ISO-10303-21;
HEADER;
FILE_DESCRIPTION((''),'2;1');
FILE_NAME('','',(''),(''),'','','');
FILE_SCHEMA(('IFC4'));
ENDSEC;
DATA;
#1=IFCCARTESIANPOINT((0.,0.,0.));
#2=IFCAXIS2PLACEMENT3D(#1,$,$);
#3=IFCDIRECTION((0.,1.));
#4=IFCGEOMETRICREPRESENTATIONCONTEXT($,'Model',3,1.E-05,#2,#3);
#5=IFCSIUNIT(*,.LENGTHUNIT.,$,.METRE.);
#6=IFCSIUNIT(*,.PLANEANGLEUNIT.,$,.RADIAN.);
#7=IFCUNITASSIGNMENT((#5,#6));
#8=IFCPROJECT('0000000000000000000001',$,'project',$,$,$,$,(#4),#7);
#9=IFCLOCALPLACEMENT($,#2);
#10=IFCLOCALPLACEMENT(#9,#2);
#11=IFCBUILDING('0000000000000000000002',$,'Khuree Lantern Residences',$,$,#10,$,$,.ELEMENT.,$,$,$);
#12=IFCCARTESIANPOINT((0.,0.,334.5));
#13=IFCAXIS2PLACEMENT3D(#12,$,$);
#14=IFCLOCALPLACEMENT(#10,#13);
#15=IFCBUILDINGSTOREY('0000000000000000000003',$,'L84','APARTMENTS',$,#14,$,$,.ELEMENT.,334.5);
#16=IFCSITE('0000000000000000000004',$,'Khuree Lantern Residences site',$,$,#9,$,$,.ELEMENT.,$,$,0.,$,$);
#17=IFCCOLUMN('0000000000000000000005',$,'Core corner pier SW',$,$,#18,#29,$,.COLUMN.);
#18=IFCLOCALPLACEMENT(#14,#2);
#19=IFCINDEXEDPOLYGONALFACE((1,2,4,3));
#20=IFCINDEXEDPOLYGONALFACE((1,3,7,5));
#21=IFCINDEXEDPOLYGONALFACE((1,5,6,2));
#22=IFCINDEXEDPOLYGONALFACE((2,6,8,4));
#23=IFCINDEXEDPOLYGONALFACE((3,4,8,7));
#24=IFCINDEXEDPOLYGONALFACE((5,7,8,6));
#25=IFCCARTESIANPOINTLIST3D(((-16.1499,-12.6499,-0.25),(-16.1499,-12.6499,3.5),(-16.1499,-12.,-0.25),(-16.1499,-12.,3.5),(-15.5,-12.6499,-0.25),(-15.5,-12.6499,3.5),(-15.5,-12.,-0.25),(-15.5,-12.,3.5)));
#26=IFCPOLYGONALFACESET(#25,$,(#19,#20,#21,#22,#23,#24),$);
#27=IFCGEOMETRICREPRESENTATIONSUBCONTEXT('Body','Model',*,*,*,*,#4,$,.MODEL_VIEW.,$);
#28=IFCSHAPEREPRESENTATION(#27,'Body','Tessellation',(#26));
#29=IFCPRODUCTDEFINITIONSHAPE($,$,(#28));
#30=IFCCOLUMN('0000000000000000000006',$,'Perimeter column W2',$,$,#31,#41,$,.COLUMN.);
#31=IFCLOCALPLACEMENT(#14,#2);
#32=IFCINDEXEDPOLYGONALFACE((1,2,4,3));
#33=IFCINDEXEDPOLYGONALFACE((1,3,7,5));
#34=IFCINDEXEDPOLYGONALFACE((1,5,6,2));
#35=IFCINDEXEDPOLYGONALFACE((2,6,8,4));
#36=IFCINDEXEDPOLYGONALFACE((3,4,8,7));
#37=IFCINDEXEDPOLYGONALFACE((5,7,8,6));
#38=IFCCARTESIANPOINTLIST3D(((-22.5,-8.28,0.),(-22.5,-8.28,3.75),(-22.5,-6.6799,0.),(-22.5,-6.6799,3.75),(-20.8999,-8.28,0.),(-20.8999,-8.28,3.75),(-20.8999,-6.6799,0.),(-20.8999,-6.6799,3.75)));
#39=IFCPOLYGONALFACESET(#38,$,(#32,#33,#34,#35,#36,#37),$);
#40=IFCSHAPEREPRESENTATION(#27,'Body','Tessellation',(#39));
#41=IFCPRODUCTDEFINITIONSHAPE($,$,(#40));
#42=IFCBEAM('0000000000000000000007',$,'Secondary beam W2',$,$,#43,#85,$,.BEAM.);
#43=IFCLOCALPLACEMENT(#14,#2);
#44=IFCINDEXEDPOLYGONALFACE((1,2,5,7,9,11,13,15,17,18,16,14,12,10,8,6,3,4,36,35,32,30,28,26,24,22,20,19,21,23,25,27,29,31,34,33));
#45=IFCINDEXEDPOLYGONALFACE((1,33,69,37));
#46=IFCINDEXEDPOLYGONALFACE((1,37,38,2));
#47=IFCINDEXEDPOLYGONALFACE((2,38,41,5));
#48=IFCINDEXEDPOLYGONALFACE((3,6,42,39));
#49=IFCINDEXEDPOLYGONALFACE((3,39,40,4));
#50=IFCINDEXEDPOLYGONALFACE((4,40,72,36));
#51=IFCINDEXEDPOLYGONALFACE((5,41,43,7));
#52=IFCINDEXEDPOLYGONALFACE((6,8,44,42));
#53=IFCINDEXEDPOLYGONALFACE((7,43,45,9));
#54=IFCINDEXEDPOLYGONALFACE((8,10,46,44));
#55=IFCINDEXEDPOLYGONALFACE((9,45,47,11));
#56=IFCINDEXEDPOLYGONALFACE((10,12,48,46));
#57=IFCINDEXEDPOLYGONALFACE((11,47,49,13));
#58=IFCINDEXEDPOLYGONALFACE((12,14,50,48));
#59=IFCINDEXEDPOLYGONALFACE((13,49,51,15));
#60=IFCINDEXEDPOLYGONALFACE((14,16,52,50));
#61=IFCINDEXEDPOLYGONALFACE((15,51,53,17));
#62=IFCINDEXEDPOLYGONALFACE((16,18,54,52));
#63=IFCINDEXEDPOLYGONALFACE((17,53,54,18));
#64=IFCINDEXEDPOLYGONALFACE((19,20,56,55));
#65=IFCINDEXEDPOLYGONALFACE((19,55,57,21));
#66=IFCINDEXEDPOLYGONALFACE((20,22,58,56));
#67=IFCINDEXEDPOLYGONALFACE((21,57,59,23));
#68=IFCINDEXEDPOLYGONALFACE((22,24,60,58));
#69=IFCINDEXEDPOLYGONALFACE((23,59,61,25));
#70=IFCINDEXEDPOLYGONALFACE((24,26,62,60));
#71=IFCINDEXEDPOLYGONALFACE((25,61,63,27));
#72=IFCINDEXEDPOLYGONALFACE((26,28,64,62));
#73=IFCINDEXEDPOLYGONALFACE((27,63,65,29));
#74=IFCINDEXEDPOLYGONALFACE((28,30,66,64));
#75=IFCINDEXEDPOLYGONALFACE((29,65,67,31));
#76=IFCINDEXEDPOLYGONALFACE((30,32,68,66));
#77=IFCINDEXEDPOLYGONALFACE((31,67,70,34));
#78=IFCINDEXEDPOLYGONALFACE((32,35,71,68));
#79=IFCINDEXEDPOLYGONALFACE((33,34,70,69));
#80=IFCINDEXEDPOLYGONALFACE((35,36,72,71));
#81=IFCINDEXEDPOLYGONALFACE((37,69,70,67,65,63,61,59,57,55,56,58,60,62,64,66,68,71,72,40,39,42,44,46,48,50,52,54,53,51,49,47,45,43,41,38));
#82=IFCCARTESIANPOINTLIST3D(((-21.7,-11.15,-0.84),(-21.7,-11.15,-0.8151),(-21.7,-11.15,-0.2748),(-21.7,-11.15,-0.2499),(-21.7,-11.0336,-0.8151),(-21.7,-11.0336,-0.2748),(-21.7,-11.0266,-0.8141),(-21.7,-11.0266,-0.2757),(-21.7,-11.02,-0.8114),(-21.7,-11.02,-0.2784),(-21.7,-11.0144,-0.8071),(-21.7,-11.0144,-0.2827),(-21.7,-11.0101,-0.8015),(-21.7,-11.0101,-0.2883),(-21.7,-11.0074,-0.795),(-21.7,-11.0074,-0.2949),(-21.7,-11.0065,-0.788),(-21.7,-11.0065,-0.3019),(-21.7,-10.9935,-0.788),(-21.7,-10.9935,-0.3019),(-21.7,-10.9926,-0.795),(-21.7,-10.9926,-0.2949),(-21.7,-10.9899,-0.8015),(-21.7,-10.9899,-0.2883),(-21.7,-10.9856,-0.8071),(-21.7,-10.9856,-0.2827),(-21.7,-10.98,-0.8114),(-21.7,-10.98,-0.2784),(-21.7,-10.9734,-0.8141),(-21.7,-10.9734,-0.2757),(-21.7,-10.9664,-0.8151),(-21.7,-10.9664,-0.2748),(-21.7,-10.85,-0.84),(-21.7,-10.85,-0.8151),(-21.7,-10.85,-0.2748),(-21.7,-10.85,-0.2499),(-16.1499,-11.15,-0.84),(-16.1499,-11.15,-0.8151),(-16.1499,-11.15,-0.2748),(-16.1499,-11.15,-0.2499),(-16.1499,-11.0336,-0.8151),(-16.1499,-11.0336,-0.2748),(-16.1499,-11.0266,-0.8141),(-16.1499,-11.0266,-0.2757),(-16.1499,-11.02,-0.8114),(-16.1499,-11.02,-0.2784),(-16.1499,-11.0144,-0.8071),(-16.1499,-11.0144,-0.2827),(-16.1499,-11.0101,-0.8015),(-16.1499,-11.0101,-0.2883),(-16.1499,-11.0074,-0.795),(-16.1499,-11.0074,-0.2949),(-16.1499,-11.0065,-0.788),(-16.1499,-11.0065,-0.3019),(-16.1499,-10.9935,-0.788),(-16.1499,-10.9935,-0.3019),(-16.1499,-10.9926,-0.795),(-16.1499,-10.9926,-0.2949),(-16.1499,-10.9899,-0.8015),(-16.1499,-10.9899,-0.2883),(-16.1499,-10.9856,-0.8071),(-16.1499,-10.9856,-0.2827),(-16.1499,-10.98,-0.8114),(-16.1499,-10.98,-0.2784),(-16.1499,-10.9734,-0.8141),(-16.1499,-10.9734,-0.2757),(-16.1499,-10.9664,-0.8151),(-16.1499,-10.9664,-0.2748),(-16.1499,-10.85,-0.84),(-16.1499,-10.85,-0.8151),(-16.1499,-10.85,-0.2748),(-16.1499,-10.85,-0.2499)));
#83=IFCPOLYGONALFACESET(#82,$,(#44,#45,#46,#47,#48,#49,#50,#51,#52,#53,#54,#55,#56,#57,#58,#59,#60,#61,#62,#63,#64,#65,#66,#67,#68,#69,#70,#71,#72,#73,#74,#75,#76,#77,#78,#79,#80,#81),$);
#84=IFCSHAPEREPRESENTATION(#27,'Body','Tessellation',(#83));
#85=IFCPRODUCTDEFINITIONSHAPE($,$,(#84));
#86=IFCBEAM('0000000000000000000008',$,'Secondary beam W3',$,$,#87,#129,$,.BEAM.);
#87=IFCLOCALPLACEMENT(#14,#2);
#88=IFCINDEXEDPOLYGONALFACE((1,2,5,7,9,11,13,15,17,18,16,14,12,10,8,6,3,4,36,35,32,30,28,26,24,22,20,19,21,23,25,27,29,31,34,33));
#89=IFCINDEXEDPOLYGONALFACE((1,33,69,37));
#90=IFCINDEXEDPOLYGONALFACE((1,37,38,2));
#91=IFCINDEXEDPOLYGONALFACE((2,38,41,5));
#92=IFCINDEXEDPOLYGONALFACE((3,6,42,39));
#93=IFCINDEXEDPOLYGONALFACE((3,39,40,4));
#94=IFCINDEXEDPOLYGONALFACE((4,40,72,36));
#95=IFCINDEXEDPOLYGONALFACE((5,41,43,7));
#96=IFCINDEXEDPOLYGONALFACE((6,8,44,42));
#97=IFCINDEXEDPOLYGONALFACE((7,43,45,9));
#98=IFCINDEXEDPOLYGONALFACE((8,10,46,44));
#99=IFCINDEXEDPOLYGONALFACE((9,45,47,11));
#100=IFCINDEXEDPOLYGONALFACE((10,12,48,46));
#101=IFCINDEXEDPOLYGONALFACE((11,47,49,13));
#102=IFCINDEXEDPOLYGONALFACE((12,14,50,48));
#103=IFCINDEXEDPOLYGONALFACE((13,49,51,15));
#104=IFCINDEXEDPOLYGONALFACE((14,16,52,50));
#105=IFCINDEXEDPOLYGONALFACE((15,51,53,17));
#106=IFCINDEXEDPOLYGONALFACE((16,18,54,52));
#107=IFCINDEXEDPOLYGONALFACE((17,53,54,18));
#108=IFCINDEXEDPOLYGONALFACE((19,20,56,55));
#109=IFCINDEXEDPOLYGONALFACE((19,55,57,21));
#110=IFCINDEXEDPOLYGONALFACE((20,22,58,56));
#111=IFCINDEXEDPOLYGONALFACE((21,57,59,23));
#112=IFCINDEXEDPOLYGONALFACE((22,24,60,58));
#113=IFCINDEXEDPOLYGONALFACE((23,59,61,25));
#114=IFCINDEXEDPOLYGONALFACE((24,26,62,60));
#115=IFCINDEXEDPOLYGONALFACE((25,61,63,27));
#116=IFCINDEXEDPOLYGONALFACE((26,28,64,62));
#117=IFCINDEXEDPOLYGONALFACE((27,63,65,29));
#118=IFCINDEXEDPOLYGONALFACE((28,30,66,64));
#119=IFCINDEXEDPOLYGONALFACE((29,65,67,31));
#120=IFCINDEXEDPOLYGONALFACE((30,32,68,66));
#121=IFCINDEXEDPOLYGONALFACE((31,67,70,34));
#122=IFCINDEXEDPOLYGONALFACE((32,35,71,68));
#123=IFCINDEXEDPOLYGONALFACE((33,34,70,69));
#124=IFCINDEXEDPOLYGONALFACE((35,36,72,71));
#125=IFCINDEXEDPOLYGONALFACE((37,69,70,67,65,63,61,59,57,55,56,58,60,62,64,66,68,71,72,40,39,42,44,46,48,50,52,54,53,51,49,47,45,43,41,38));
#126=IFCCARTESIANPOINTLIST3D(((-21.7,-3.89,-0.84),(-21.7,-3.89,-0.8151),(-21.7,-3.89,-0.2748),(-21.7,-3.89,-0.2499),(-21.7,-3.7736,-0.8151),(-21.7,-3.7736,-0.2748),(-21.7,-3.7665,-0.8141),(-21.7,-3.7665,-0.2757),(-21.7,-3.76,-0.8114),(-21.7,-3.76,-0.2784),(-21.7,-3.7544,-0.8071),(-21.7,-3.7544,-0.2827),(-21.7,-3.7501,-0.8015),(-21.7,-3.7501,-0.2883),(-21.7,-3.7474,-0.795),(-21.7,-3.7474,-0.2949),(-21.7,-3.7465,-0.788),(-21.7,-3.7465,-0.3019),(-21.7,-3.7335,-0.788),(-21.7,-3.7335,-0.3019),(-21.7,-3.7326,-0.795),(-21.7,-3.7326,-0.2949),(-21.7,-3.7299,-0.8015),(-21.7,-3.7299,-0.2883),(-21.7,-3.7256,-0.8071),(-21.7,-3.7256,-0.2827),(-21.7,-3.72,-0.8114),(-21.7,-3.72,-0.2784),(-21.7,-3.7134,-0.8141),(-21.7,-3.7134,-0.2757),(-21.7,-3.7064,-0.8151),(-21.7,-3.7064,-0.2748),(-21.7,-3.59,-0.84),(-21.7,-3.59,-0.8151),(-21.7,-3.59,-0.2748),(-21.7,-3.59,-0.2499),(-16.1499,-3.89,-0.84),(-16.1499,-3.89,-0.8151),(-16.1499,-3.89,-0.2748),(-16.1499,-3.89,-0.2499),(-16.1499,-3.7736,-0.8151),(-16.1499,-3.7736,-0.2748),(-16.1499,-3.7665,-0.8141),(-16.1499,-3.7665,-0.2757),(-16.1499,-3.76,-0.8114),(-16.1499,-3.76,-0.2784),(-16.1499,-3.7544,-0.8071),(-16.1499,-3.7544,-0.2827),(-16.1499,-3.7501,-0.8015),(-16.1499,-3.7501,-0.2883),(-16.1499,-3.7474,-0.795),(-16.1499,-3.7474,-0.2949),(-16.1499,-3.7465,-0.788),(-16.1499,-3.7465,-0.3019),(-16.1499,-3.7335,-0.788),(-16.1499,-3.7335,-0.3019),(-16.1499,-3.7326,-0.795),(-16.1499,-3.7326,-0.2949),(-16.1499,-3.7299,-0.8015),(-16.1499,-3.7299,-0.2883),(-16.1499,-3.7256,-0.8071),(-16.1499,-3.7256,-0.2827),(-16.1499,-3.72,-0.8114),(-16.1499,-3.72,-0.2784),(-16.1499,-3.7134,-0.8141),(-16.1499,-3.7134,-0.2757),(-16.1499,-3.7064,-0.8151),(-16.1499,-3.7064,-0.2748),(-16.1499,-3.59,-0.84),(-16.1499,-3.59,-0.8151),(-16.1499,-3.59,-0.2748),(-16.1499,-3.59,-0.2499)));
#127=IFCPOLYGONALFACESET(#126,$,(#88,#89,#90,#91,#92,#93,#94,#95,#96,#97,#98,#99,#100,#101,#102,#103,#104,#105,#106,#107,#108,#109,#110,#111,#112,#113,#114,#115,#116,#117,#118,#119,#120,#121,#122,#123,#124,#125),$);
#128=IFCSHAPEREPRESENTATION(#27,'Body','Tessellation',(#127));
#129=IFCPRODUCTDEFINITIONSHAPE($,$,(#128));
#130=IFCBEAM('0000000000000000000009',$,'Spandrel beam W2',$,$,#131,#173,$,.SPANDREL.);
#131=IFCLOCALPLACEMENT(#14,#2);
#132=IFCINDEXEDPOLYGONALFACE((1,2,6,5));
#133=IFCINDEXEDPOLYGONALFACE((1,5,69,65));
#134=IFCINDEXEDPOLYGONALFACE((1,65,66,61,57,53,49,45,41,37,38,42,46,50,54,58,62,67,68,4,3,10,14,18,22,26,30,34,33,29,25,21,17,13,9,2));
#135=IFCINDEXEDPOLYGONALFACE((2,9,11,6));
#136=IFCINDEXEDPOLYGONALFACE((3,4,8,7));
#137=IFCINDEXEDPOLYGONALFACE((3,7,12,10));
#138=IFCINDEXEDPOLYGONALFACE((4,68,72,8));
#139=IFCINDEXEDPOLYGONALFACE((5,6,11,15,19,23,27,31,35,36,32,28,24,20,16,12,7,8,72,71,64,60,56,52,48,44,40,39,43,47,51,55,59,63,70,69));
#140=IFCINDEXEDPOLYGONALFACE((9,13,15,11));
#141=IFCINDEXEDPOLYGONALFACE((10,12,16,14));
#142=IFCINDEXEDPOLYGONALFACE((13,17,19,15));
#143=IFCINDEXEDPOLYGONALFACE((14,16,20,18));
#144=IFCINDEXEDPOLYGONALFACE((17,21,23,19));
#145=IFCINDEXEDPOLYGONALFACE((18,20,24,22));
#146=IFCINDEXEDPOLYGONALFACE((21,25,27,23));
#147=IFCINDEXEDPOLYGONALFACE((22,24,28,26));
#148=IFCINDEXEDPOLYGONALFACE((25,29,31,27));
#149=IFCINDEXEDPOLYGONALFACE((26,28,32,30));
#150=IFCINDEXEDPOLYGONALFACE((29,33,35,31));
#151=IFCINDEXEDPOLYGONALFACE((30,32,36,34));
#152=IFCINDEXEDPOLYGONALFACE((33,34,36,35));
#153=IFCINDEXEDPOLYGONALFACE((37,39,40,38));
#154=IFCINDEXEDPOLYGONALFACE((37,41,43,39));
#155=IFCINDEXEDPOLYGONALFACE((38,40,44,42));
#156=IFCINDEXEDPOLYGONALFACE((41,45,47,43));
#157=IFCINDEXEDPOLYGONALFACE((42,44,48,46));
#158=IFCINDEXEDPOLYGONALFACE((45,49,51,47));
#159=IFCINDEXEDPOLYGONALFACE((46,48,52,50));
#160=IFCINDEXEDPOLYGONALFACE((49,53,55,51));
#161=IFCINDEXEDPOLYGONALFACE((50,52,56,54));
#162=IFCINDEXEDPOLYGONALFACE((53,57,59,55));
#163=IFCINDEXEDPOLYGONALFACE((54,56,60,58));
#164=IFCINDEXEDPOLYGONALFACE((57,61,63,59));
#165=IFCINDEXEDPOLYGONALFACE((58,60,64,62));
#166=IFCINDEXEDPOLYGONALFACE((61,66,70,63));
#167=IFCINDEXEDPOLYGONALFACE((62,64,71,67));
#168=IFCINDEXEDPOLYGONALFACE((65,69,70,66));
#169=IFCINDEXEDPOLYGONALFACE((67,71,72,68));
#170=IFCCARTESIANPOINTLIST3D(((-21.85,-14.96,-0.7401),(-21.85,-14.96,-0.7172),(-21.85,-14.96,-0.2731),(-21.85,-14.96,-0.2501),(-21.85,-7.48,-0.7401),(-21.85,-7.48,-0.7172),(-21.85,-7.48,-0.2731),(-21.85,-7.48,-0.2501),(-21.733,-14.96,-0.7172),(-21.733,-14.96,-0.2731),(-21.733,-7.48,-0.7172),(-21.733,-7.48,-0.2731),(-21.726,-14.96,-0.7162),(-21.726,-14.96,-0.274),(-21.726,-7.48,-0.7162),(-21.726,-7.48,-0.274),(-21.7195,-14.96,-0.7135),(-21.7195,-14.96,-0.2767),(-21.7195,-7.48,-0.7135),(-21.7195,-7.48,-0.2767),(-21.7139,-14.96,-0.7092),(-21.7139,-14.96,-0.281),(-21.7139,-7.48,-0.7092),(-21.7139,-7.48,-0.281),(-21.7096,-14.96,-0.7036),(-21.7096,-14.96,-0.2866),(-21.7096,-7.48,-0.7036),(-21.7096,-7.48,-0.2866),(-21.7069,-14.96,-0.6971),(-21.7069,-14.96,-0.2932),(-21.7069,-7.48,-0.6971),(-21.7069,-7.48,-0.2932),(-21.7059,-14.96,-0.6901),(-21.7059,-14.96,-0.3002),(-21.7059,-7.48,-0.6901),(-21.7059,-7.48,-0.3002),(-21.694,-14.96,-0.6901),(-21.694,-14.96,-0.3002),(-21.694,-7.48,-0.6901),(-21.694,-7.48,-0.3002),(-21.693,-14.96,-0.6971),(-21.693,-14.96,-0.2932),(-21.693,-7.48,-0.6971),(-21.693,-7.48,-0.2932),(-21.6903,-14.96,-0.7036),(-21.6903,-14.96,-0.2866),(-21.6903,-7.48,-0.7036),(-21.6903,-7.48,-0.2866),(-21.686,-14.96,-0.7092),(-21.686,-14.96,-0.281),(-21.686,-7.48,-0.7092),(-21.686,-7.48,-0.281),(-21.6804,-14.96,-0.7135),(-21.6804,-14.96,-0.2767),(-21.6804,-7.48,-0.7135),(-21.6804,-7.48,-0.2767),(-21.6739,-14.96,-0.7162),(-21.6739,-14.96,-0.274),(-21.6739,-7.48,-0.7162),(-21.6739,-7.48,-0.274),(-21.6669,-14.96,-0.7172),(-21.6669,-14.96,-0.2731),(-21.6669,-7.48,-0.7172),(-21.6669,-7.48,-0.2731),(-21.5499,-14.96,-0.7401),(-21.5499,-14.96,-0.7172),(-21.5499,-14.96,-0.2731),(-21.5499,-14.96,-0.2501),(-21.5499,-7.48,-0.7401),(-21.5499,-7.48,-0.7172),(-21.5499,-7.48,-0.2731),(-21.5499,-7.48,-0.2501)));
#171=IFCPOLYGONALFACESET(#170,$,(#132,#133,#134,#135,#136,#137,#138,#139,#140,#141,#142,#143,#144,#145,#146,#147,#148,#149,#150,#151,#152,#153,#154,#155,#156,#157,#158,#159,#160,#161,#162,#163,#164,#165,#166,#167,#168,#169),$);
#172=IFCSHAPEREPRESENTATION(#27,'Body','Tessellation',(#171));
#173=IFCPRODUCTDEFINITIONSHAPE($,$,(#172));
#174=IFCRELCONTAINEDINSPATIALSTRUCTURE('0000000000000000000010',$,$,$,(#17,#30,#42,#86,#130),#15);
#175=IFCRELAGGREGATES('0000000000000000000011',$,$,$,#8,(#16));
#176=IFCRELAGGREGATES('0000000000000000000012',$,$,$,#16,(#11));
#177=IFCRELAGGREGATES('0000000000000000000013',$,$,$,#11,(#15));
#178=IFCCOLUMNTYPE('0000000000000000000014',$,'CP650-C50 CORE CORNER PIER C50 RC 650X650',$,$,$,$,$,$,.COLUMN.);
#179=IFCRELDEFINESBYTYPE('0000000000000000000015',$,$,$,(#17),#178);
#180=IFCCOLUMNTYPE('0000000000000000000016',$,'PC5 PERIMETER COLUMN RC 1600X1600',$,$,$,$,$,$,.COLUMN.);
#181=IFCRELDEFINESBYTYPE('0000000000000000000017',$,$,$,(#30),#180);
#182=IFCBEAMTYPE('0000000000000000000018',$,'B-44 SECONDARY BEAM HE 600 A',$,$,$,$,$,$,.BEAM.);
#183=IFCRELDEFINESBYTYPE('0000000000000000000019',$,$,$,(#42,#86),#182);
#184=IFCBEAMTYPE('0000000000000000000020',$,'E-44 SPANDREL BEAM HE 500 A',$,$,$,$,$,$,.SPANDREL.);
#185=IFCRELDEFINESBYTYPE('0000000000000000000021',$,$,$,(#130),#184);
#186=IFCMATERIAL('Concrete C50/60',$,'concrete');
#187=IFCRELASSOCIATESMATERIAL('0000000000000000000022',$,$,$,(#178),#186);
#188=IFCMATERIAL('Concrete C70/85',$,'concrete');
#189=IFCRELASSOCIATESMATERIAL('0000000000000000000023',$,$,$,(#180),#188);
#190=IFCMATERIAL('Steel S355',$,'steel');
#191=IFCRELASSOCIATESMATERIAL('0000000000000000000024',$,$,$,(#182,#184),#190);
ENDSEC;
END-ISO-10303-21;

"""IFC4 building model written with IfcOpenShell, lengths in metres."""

from ifc_helpers import new_model, si_unit, direction, frame, origin, origin_2d, place, context, subcontext, project, spatial, rectangle, i_section, extrude, material, material_profile, profile_set, type_object, element, save


model = new_model("IFC4")

# Units and contexts
model_context = context("Model", 3, precision=1e-05, world=origin(), true_north=direction((0.0, 1.0)))
body_context = subcontext(model_context, "Body", "Model", "MODEL_VIEW")
ifc_project = project(units=[si_unit("LENGTHUNIT", "METRE"), si_unit("PLANEANGLEUNIT", "RADIAN")], contexts=[model_context])

# Site, building, storey
site_placement = place(None, origin())
site = spatial("IfcSite", under=ifc_project, at=site_placement, Name="Khuree Lantern Residences site", CompositionType="ELEMENT", RefElevation=0.0)
building_placement = place(site_placement, origin())
building = spatial("IfcBuilding", under=site, at=building_placement, Name="Khuree Lantern Residences", CompositionType="ELEMENT")
storey_placement = place(building_placement, frame((0.0, 0.0, 334.5)))
storey = spatial("IfcBuildingStorey", under=building, at=storey_placement, Name="L84", Description="APARTMENTS", CompositionType="ELEMENT", Elevation=334.5)

# Columns
ifc_material_1 = material(Name="Concrete C50/60", Category="concrete")
ifc_material_profile_1 = material_profile(ifc_material_1, rectangle(XDim=0.6499, YDim=0.6499, at=origin_2d()), Name="RC 650X650")
ifc_profile_set_1 = profile_set([ifc_material_profile_1], Name="Concrete C50/60")
column_type_1 = type_object("IfcColumnType", Name="CP650-C50 CORE CORNER PIER C50 RC 650X650", PredefinedType="COLUMN", material=ifc_profile_set_1)
column_1_placement = place(storey_placement, frame((-15.825, -12.325, -0.25), z_axis=(0.0, 0.0, 1.0), x_axis=(1.0, 0.0, 0.0)))
element("IfcColumn", 1, at=column_1_placement, inside=storey, type_object=column_type_1, Name="Core corner pier SW", PredefinedType="COLUMN", context=body_context, shape_type="SweptSolid", body=[
    extrude(rectangle(XDim=0.6499, YDim=0.6499, at=origin_2d()), origin(), (0.0, 0.0, 1.0), 3.75),
])
ifc_material_2 = material(Name="Concrete C70/85", Category="concrete")
ifc_material_profile_2 = material_profile(ifc_material_2, rectangle(XDim=1.6001, YDim=1.6001, at=origin_2d()), Name="RC 1600X1600")
ifc_profile_set_2 = profile_set([ifc_material_profile_2], Name="Concrete C70/85")
column_type_2 = type_object("IfcColumnType", Name="PC5 PERIMETER COLUMN RC 1600X1600", PredefinedType="COLUMN", material=ifc_profile_set_2)
column_2_placement = place(storey_placement, frame((-21.7, -7.48, 0.0), z_axis=(0.0, 0.0, 1.0), x_axis=(0.0, 1.0, 0.0)))
element("IfcColumn", 2, at=column_2_placement, inside=storey, type_object=column_type_2, Name="Perimeter column W2", PredefinedType="COLUMN", context=body_context, shape_type="SweptSolid", body=[
    extrude(rectangle(XDim=1.6001, YDim=1.6001, at=origin_2d()), origin(), (0.0, 0.0, 1.0), 3.75),
])

# Beams
ifc_material_3 = material(Name="Steel S355", Category="steel")
ifc_material_profile_3 = material_profile(ifc_material_3, i_section(OverallWidth=0.3, OverallDepth=0.5901, WebThickness=0.0129, FlangeThickness=0.0249, FilletRadius=0.0271, at=origin_2d()), Name="HE 600 A")
ifc_profile_set_3 = profile_set([ifc_material_profile_3], Name="Steel S355")
beam_type_1 = type_object("IfcBeamType", Name="B-44 SECONDARY BEAM HE 600 A", PredefinedType="BEAM", material=ifc_profile_set_3)
for number, where, z_axis, x_axis, name in (
    (3, (-21.7, -11.0, -0.5449), (1.0, 0.0, 0.0), (0.0, 1.0, 0.0), "Secondary beam W2"),
    (4, (-21.7, -3.74, -0.5449), (1.0, 0.0, 0.0), (0.0, 1.0, 0.0), "Secondary beam W3"),
):
    element("IfcBeam", number, at=place(storey_placement, frame(where, z_axis=z_axis, x_axis=x_axis)), inside=storey, type_object=beam_type_1, Name=name, PredefinedType="BEAM", context=body_context, shape_type="SweptSolid", body=[
        extrude(i_section(OverallWidth=0.3, OverallDepth=0.5901, WebThickness=0.0129, FlangeThickness=0.0249, FilletRadius=0.0271, at=origin_2d()), origin(), (0.0, 0.0, 1.0), 5.55),
    ])
ifc_material_profile_4 = material_profile(ifc_material_3, i_section(OverallWidth=0.3, OverallDepth=0.49, WebThickness=0.012, FlangeThickness=0.0229, FilletRadius=0.0271, at=origin_2d()), Name="HE 500 A")
ifc_profile_set_4 = profile_set([ifc_material_profile_4], Name="Steel S355")
beam_type_2 = type_object("IfcBeamType", Name="E-44 SPANDREL BEAM HE 500 A", PredefinedType="SPANDREL", material=ifc_profile_set_4)
for number, where, z_axis, x_axis, name in (
    (5, (-21.7, -14.96, -0.4951), (0.0, 1.0, 0.0), (-1.0, 0.0, 0.0), "Spandrel beam W2"),
):
    element("IfcBeam", number, at=place(storey_placement, frame(where, z_axis=z_axis, x_axis=x_axis)), inside=storey, type_object=beam_type_2, Name=name, PredefinedType="SPANDREL", context=body_context, shape_type="SweptSolid", body=[
        extrude(i_section(OverallWidth=0.3, OverallDepth=0.49, WebThickness=0.012, FlangeThickness=0.0229, FilletRadius=0.0271, at=origin_2d()), origin(), (0.0, 0.0, 1.0), 7.48),
    ])

save(model, "model.ifc")
